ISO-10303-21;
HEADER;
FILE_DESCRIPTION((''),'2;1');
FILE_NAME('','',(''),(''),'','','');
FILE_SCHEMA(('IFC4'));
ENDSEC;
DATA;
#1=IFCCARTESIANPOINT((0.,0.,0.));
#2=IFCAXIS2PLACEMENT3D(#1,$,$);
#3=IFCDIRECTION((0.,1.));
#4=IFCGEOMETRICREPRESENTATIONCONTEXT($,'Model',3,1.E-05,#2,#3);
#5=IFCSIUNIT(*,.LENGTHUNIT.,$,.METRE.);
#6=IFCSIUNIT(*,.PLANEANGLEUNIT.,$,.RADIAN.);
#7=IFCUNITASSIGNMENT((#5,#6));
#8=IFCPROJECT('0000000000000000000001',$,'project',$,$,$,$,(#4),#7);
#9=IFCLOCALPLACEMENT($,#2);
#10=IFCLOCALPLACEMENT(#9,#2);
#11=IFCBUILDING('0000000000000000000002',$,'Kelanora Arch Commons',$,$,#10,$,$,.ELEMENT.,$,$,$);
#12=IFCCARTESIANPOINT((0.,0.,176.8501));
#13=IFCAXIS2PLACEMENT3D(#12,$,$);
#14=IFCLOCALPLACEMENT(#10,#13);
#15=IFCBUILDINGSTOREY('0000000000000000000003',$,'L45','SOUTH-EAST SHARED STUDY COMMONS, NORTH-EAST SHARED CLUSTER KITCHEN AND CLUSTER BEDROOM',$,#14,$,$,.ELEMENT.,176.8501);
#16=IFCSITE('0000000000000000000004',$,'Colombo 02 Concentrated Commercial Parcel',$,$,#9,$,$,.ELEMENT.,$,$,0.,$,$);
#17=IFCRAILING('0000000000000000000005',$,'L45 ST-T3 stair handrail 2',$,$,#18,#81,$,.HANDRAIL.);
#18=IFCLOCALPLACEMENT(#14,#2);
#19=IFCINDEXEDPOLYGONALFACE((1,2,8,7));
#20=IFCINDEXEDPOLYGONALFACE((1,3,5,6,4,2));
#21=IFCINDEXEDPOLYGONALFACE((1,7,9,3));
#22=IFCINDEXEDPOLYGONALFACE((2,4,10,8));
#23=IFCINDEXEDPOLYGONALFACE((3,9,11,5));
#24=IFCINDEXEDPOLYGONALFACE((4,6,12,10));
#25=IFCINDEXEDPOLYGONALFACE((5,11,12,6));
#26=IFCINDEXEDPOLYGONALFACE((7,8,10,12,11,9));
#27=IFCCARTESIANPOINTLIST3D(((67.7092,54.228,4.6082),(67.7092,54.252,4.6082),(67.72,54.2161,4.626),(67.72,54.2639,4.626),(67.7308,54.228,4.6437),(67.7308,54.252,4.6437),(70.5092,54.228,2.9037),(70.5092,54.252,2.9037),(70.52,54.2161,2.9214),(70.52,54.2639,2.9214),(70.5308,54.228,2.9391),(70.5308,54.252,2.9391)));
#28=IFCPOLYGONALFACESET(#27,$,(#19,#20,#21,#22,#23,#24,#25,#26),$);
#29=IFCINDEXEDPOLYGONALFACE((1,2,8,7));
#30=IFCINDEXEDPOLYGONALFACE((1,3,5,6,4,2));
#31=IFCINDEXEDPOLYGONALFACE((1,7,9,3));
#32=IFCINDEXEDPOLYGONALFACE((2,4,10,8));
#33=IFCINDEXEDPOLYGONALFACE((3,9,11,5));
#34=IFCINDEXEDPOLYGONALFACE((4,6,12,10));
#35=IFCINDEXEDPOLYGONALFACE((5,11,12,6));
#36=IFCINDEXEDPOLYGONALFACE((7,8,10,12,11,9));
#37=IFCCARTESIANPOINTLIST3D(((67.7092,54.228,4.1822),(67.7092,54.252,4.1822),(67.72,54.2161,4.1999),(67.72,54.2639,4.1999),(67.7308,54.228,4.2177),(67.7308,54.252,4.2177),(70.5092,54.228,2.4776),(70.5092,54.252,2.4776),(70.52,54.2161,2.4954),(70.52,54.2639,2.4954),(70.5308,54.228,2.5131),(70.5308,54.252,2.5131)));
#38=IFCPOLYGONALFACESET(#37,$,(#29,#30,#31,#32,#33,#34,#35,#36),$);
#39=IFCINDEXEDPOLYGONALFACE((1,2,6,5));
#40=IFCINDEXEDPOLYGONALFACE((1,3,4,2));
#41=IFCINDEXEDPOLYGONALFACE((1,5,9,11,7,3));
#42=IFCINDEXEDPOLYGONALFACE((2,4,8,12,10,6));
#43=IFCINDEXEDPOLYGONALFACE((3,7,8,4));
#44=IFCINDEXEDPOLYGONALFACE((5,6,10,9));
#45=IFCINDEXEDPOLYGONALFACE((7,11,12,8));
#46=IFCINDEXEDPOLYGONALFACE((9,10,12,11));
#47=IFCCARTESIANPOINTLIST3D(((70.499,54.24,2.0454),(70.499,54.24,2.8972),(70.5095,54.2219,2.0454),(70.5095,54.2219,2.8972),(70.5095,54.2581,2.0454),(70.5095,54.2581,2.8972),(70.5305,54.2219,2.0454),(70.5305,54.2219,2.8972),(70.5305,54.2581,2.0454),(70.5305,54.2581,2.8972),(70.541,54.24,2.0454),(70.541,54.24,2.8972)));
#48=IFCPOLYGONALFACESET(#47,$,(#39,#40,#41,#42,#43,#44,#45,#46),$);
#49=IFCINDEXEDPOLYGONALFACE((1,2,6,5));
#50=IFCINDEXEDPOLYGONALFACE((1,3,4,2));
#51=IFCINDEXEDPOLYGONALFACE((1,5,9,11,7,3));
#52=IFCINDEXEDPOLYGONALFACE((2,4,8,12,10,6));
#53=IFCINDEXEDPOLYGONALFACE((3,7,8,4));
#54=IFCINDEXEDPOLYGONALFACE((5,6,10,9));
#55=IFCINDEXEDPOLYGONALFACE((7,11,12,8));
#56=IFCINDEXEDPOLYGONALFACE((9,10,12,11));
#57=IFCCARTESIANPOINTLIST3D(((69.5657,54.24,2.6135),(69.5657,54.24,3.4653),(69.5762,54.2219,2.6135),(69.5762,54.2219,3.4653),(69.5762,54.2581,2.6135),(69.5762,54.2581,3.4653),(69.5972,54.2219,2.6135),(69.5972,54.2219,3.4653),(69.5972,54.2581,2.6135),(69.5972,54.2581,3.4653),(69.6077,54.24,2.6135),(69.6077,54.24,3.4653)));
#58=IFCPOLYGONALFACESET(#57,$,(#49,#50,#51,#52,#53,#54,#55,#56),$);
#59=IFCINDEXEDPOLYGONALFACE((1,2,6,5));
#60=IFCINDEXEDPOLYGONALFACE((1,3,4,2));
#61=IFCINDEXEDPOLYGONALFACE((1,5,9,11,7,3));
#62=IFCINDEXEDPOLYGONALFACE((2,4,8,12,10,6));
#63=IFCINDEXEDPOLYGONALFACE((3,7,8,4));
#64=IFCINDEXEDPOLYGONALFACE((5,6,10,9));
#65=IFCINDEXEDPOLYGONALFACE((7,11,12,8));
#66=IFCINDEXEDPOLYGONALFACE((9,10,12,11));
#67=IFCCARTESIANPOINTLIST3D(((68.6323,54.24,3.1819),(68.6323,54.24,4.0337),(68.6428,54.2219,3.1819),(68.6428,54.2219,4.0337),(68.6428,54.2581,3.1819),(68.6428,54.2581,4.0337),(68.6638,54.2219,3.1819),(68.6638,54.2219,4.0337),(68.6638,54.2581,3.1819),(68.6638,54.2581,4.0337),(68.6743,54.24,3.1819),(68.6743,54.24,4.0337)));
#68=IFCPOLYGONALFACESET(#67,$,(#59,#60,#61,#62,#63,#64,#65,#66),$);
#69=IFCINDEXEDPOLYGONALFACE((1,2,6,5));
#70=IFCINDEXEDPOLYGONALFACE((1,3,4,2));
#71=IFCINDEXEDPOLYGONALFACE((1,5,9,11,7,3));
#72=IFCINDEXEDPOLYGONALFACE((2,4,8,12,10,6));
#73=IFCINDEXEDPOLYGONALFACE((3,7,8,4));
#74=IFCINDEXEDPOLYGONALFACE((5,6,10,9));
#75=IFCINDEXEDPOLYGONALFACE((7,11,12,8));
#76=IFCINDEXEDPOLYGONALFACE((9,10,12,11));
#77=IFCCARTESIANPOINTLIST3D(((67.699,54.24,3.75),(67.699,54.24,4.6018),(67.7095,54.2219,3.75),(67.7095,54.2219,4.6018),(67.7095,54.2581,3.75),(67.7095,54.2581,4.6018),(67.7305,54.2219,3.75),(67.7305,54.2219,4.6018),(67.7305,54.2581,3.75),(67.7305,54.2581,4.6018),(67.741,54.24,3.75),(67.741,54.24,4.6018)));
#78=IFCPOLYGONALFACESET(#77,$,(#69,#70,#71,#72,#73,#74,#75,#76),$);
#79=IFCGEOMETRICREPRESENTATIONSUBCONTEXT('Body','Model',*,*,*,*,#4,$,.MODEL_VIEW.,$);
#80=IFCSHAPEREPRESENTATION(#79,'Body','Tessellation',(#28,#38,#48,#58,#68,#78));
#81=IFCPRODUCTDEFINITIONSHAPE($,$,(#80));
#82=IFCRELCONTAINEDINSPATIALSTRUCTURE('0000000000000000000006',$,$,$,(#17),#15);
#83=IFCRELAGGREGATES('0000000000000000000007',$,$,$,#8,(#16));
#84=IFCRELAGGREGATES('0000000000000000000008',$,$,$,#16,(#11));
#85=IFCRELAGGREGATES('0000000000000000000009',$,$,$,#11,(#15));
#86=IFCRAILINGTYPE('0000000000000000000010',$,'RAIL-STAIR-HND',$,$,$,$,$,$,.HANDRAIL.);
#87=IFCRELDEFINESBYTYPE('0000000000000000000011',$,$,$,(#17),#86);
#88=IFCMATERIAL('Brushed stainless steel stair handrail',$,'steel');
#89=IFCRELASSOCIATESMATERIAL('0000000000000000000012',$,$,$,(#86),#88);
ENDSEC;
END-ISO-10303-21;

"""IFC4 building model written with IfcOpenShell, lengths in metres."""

from ifc_helpers import new_model, si_unit, direction, frame, origin, place, context, subcontext, project, spatial, polyline, outline, extrude, material, type_object, element, save


model = new_model("IFC4")

# Units and contexts
model_context = context("Model", 3, precision=1e-05, world=origin(), true_north=direction((0.0, 1.0)))
body_context = subcontext(model_context, "Body", "Model", "MODEL_VIEW")
ifc_project = project(units=[si_unit("LENGTHUNIT", "METRE"), si_unit("PLANEANGLEUNIT", "RADIAN")], contexts=[model_context])

# Site, building, storey
site_placement = place(None, origin())
site = spatial("IfcSite", under=ifc_project, at=site_placement, Name="Colombo 02 Concentrated Commercial Parcel", CompositionType="ELEMENT", RefElevation=0.0)
building_placement = place(site_placement, origin())
building = spatial("IfcBuilding", under=site, at=building_placement, Name="Kelanora Arch Commons", CompositionType="ELEMENT")
storey_placement = place(building_placement, frame((0.0, 0.0, 176.8501)))
storey = spatial("IfcBuildingStorey", under=building, at=storey_placement, Name="L45", Description="SOUTH-EAST SHARED STUDY COMMONS, NORTH-EAST SHARED CLUSTER KITCHEN AND CLUSTER BEDROOM", CompositionType="ELEMENT", Elevation=176.8501)

# Railing
ifc_material_1 = material(Name="Brushed stainless steel stair handrail", Category="steel")
railing_type_1 = type_object("IfcRailingType", Name="RAIL-STAIR-HND", PredefinedType="HANDRAIL", material=ifc_material_1)
railing_1_placement = place(storey_placement, frame((70.52, 54.24, 2.0454)))
element("IfcRailing", 1, at=railing_1_placement, inside=storey, type_object=railing_type_1, Name="L45 ST-T3 stair handrail 2", PredefinedType="HANDRAIL", context=body_context, shape_type="SweptSolid", body=[
    extrude(outline(polyline([(0.0239, 0.0), (0.012, 0.0208), (-0.012, 0.0208), (-0.0239, 0.0), (-0.012, -0.0208), (0.012, -0.0208), (0.0239, 0.0)])), frame((0.0, 0.0, 0.876), z_axis=(-0.85417, 0.0, 0.519994), x_axis=(0.0, -1.0, 0.0)), (0.0, 0.0, 1.0), 3.2781),
    extrude(outline(polyline([(0.0239, 0.0), (0.012, 0.0208), (-0.012, 0.0208), (-0.0239, 0.0), (-0.012, -0.0208), (0.012, -0.0208), (0.0239, 0.0)])), frame((0.0, 0.0, 0.45), z_axis=(-0.85417, 0.0, 0.519994), x_axis=(0.0, -1.0, 0.0)), (0.0, 0.0, 1.0), 3.2781),
    extrude(outline(polyline([(0.021, 0.0), (0.0105, 0.0181), (-0.0105, 0.0181), (-0.021, 0.0), (-0.0105, -0.0181), (0.0105, -0.0181), (0.021, 0.0)])), origin(), (0.0, 0.0, 1.0), 0.8518),
    extrude(outline(polyline([(0.021, 0.0), (0.0105, 0.0181), (-0.0105, 0.0181), (-0.021, 0.0), (-0.0105, -0.0181), (0.0105, -0.0181), (0.021, 0.0)])), frame((-0.9333, 0.0, 0.5681)), (0.0, 0.0, 1.0), 0.8518),
    extrude(outline(polyline([(0.021, 0.0), (0.0105, 0.0181), (-0.0105, 0.0181), (-0.021, 0.0), (-0.0105, -0.0181), (0.0105, -0.0181), (0.021, 0.0)])), frame((-1.8667, 0.0, 1.1365)), (0.0, 0.0, 1.0), 0.8518),
    extrude(outline(polyline([(0.021, 0.0), (0.0105, 0.0181), (-0.0105, 0.0181), (-0.021, 0.0), (-0.0105, -0.0181), (0.0105, -0.0181), (0.021, 0.0)])), frame((-2.8, 0.0, 1.7046)), (0.0, 0.0, 1.0), 0.8518),
])

save(model, "model.ifc")
